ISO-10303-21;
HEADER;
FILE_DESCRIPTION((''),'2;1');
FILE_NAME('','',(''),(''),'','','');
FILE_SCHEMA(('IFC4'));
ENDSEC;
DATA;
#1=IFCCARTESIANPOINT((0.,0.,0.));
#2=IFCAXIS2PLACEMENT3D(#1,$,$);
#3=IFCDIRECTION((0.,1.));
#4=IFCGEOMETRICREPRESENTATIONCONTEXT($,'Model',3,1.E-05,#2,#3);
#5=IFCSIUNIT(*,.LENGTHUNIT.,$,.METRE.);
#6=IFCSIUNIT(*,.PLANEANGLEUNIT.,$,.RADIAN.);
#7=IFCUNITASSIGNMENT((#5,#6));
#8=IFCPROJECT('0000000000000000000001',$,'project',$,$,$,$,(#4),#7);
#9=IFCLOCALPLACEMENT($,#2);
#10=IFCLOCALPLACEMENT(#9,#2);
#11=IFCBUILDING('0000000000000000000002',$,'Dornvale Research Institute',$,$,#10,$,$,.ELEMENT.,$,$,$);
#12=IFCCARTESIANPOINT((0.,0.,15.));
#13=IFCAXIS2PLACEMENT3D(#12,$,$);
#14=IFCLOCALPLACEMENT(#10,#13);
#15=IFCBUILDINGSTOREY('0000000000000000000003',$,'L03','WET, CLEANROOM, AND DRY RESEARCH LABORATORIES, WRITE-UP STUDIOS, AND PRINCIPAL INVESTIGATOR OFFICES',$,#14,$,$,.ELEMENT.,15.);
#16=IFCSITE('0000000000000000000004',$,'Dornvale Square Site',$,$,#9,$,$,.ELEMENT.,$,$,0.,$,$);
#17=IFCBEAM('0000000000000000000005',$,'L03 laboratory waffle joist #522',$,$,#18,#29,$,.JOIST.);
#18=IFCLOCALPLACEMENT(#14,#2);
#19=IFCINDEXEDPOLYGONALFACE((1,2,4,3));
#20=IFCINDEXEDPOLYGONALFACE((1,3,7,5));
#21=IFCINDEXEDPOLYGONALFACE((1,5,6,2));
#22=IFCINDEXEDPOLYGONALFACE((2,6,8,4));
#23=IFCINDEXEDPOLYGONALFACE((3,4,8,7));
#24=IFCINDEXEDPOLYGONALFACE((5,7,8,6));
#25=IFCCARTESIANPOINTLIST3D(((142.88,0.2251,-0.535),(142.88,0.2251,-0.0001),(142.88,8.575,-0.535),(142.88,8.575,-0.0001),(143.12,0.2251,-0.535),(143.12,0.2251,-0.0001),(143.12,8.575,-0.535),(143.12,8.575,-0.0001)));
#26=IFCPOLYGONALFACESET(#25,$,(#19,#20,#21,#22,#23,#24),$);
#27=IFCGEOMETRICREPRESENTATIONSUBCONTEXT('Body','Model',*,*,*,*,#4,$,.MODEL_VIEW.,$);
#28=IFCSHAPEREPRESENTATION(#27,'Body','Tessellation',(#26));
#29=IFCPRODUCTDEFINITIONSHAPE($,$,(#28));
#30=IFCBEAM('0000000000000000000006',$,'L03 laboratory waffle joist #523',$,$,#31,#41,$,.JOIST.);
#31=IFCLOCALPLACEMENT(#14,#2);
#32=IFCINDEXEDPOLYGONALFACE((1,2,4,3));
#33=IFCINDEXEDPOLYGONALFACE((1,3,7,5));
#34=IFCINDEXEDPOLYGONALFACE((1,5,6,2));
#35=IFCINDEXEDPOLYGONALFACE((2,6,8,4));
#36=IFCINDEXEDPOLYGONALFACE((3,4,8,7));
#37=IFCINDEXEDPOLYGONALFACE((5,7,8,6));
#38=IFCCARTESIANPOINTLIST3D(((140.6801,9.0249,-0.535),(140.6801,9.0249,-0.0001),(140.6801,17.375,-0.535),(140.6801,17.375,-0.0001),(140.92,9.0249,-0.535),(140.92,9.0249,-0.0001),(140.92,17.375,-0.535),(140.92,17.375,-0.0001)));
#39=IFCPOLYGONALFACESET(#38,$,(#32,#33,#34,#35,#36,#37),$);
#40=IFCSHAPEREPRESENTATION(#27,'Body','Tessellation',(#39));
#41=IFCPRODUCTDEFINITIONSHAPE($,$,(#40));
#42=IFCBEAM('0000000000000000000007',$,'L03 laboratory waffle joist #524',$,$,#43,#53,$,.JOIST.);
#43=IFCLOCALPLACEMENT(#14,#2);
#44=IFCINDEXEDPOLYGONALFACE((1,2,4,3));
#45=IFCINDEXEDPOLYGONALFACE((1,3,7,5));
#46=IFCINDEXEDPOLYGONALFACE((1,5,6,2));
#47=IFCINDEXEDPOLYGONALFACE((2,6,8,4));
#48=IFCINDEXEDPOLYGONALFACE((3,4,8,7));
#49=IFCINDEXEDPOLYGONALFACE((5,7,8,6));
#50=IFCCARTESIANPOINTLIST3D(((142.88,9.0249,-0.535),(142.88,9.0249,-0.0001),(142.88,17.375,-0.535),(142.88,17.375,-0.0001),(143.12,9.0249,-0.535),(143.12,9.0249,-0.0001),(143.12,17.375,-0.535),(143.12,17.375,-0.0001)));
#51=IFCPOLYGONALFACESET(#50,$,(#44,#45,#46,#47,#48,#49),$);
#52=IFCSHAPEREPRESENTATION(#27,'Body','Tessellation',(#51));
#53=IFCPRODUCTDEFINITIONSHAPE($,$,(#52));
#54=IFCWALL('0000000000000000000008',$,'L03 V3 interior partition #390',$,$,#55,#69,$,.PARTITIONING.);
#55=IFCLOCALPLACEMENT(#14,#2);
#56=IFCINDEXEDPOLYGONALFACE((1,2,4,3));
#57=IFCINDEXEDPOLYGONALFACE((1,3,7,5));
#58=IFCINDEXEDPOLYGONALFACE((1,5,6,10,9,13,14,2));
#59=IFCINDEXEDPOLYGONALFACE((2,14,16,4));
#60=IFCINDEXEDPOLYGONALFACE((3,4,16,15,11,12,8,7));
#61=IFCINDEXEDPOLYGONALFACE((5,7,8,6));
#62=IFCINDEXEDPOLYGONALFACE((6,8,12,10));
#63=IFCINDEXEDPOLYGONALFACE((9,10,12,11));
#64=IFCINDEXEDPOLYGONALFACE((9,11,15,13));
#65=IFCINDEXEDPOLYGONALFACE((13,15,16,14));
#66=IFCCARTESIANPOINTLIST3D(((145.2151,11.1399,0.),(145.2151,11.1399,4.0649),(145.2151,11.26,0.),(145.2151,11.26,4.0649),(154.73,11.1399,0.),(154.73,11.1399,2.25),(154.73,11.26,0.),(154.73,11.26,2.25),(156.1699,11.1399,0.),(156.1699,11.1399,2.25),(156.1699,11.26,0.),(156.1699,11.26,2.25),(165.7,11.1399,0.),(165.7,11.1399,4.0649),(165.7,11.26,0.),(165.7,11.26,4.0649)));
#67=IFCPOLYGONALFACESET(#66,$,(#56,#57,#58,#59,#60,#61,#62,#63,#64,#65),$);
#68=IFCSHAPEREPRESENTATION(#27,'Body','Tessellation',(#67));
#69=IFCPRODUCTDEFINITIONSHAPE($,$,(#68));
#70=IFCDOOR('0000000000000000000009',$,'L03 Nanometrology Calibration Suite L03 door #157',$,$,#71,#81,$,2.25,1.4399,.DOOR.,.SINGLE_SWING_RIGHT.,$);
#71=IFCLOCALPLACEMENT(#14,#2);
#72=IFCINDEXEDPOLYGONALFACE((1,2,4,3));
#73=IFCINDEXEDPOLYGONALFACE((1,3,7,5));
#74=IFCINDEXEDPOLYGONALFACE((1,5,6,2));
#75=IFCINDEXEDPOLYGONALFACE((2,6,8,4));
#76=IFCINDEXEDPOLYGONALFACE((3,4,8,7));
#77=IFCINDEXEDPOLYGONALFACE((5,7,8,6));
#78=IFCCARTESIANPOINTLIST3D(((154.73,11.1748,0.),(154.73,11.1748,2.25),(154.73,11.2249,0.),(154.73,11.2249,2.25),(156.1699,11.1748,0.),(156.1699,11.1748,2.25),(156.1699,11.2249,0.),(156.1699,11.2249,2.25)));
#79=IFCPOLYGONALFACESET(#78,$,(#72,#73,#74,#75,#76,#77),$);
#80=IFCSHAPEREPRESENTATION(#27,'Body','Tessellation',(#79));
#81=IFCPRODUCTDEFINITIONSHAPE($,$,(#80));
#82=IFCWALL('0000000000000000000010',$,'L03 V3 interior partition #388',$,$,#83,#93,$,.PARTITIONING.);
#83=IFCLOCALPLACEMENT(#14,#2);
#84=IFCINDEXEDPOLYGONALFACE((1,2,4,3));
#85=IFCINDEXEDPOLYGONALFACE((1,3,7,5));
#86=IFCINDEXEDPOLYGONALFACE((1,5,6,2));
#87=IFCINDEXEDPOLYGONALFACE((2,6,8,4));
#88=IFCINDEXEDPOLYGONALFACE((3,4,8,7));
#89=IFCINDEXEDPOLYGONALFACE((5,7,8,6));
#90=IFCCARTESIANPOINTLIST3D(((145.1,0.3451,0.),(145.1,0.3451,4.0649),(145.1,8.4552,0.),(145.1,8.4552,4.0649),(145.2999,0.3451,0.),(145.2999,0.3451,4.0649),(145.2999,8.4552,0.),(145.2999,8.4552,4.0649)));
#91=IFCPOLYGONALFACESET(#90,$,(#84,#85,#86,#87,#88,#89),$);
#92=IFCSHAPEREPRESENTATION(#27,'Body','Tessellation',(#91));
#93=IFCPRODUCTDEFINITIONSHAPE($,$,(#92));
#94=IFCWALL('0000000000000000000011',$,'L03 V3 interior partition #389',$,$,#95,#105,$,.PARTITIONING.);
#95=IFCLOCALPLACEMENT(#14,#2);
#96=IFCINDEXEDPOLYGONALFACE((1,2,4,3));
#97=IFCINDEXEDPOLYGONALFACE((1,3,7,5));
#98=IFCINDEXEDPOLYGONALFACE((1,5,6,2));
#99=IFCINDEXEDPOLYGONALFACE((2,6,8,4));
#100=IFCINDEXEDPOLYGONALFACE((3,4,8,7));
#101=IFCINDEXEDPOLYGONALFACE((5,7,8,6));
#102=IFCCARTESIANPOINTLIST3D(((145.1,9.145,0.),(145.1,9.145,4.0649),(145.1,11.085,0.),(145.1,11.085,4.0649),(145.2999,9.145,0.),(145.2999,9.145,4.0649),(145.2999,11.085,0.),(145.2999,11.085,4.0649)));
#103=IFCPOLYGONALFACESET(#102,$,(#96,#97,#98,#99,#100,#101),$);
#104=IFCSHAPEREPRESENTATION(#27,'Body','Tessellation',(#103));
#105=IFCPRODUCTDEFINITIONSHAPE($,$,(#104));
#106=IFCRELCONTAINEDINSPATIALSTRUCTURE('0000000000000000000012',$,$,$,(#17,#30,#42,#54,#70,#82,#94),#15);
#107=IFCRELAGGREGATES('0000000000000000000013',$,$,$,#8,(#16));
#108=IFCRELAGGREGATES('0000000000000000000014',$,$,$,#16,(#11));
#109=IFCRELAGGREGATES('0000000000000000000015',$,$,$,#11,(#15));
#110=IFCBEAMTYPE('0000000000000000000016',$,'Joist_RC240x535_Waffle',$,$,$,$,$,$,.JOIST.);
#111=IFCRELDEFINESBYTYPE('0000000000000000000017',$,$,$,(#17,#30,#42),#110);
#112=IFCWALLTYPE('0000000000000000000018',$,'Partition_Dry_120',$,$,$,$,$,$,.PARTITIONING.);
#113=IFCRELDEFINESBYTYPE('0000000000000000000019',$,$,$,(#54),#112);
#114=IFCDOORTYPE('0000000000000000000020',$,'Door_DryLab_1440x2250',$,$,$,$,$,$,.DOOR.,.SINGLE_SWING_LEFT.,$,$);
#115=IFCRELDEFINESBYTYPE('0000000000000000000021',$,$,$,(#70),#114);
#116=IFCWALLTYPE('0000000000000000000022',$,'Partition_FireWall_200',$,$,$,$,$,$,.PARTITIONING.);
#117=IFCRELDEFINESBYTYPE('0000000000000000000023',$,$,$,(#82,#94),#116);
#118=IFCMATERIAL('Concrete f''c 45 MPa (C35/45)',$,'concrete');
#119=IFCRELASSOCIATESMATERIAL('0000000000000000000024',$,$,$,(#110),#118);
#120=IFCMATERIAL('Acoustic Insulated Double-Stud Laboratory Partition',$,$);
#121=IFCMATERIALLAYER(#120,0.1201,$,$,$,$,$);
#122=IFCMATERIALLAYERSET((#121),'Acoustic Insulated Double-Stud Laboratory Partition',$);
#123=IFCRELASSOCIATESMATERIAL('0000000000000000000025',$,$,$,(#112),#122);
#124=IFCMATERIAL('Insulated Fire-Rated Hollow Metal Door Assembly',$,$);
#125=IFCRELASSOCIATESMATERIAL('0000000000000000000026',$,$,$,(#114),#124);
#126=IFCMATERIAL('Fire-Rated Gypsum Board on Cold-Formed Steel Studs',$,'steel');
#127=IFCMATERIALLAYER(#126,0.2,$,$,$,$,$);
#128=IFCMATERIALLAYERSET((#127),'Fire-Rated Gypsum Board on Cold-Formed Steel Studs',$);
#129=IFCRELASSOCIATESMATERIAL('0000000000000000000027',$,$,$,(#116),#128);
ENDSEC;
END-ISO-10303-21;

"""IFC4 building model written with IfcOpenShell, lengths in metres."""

from ifc_helpers import new_model, si_unit, direction, frame, frame_2d, origin, origin_2d, place, context, subcontext, project, spatial, rectangle, extrude, material, layer, layer_set, material_profile, profile_set, type_object, element, fill, save


model = new_model("IFC4")

# Units and contexts
model_context = context("Model", 3, precision=1e-05, world=origin(), true_north=direction((0.0, 1.0)))
body_context = subcontext(model_context, "Body", "Model", "MODEL_VIEW")
ifc_project = project(units=[si_unit("LENGTHUNIT", "METRE"), si_unit("PLANEANGLEUNIT", "RADIAN")], contexts=[model_context])

# Site, building, storey
site_placement = place(None, origin())
site = spatial("IfcSite", under=ifc_project, at=site_placement, Name="Dornvale Square Site", CompositionType="ELEMENT", RefElevation=0.0)
building_placement = place(site_placement, origin())
building = spatial("IfcBuilding", under=site, at=building_placement, Name="Dornvale Research Institute", CompositionType="ELEMENT")
storey_placement = place(building_placement, frame((0.0, 0.0, 15.0)))
storey = spatial("IfcBuildingStorey", under=building, at=storey_placement, Name="L03", Description="WET, CLEANROOM, AND DRY RESEARCH LABORATORIES, WRITE-UP STUDIOS, AND PRINCIPAL INVESTIGATOR OFFICES", CompositionType="ELEMENT", Elevation=15.0)

# Beams
ifc_material_1 = material(Name="Concrete f'c 45 MPa (C35/45)", Category="concrete")
ifc_material_profile_1 = material_profile(ifc_material_1, rectangle(XDim=0.24, YDim=0.5349, at=origin_2d()), Name="RC 240x535")
ifc_profile_set_1 = profile_set([ifc_material_profile_1], Name="Concrete f'c 45 MPa (C35/45)")
beam_type_1 = type_object("IfcBeamType", Name="Joist_RC240x535_Waffle", PredefinedType="JOIST", material=ifc_profile_set_1)
for number, where, z_axis, x_axis, name in (
    (1, (143.0, 0.2251, -0.2676), (0.0, 1.0, 0.0), (-1.0, 0.0, 0.0), "L03 laboratory waffle joist #522"),
):
    element("IfcBeam", number, at=place(storey_placement, frame(where, z_axis=z_axis, x_axis=x_axis)), inside=storey, type_object=beam_type_1, Name=name, PredefinedType="JOIST", context=body_context, shape_type="SweptSolid", body=[
        extrude(rectangle(XDim=0.24, YDim=0.5349, at=origin_2d()), origin(), (0.0, 0.0, 1.0), 8.3499),
    ])
for number, where, z_axis, x_axis, name in (
    (2, (140.8, 9.0249, -0.2676), (0.0, 1.0, 0.0), (-1.0, 0.0, 0.0), "L03 laboratory waffle joist #523"),
    (3, (143.0, 9.0249, -0.2676), (0.0, 1.0, 0.0), (-1.0, 0.0, 0.0), "L03 laboratory waffle joist #524"),
):
    element("IfcBeam", number, at=place(storey_placement, frame(where, z_axis=z_axis, x_axis=x_axis)), inside=storey, type_object=beam_type_1, Name=name, PredefinedType="JOIST", context=body_context, shape_type="SweptSolid", body=[
        extrude(rectangle(XDim=0.24, YDim=0.5349, at=origin_2d()), origin(), (0.0, 0.0, 1.0), 8.3501),
    ])

# Wall, opening, door
ifc_material_2 = material(Name="Acoustic Insulated Double-Stud Laboratory Partition")
ifc_layer_1 = layer(ifc_material_2, 0.1201)
ifc_layer_set_1 = layer_set([ifc_layer_1], Name="Acoustic Insulated Double-Stud Laboratory Partition")
wall_type_1 = type_object("IfcWallType", Name="Partition_Dry_120", PredefinedType="PARTITIONING", material=ifc_layer_set_1)
wall_1_placement = place(storey_placement, frame((145.2151, 11.2, 0.0), z_axis=(0.0, 0.0, 1.0), x_axis=(1.0, 0.0, 0.0)))
wall_1 = element("IfcWall", 4, at=wall_1_placement, inside=storey, type_object=wall_type_1, Name="L03 V3 interior partition #390", PredefinedType="PARTITIONING", context=body_context, shape_type="SweptSolid", body=[
    extrude(rectangle(XDim=20.4849, YDim=0.1201, at=frame_2d((10.2424, 0.0))), origin(), (0.0, 0.0, 1.0), 4.0649),
])
opening_placement = place(wall_1_placement, frame((9.5149, 0.0, 0.0)))
opening = element("IfcOpeningElement", 5, at=opening_placement, cuts=wall_1, PredefinedType="OPENING", context=body_context, shape_type="SweptSolid", body=[
    extrude(rectangle(XDim=1.4399, YDim=2.25, at=frame_2d((0.72, 1.125))), frame((0.0, 0.075, 0.0), z_axis=(0.0, -1.0, 0.0), x_axis=(1.0, 0.0, 0.0)), (0.0, 0.0, 1.0), 0.1501),
])
ifc_material_3 = material(Name="Insulated Fire-Rated Hollow Metal Door Assembly")
door_type = type_object("IfcDoorType", Name="Door_DryLab_1440x2250", OperationType="SINGLE_SWING_LEFT", PredefinedType="DOOR", material=ifc_material_3)
door_placement = place(opening_placement, origin())
door = element("IfcDoor", 6, at=door_placement, inside=storey, type_object=door_type, Name="L03 Nanometrology Calibration Suite L03 door #157", OperationType="SINGLE_SWING_RIGHT", OverallHeight=2.25, OverallWidth=1.4399, PredefinedType="DOOR", context=body_context, shape_type="SweptSolid", body=[
    extrude(rectangle(XDim=1.4399, YDim=2.25, at=frame_2d((0.72, 1.125))), frame((0.0, 0.0249, 0.0), z_axis=(0.0, -1.0, 0.0), x_axis=(1.0, 0.0, 0.0)), (0.0, 0.0, 1.0), 0.05),
])
fill(opening, door)

# Walls
ifc_material_4 = material(Name="Fire-Rated Gypsum Board on Cold-Formed Steel Studs", Category="steel")
ifc_layer_2 = layer(ifc_material_4, 0.2)
ifc_layer_set_2 = layer_set([ifc_layer_2], Name="Fire-Rated Gypsum Board on Cold-Formed Steel Studs")
wall_type_2 = type_object("IfcWallType", Name="Partition_FireWall_200", PredefinedType="PARTITIONING", material=ifc_layer_set_2)
wall_2_placement = place(storey_placement, frame((145.2, 0.345, 0.0), z_axis=(0.0, 0.0, 1.0), x_axis=(0.0, 1.0, 0.0)))
element("IfcWall", 7, at=wall_2_placement, inside=storey, type_object=wall_type_2, Name="L03 V3 interior partition #388", PredefinedType="PARTITIONING", context=body_context, shape_type="SweptSolid", body=[
    extrude(rectangle(XDim=8.1101, YDim=0.2, at=frame_2d((4.0552, 0.0))), origin(), (0.0, 0.0, 1.0), 4.0649),
])
wall_3_placement = place(storey_placement, frame((145.2, 9.145, 0.0), z_axis=(0.0, 0.0, 1.0), x_axis=(0.0, 1.0, 0.0)))
element("IfcWall", 8, at=wall_3_placement, inside=storey, type_object=wall_type_2, Name="L03 V3 interior partition #389", PredefinedType="PARTITIONING", context=body_context, shape_type="SweptSolid", body=[
    extrude(rectangle(XDim=1.9399, YDim=0.2, at=frame_2d((0.97, 0.0))), origin(), (0.0, 0.0, 1.0), 4.0649),
])

save(model, "model.ifc")
